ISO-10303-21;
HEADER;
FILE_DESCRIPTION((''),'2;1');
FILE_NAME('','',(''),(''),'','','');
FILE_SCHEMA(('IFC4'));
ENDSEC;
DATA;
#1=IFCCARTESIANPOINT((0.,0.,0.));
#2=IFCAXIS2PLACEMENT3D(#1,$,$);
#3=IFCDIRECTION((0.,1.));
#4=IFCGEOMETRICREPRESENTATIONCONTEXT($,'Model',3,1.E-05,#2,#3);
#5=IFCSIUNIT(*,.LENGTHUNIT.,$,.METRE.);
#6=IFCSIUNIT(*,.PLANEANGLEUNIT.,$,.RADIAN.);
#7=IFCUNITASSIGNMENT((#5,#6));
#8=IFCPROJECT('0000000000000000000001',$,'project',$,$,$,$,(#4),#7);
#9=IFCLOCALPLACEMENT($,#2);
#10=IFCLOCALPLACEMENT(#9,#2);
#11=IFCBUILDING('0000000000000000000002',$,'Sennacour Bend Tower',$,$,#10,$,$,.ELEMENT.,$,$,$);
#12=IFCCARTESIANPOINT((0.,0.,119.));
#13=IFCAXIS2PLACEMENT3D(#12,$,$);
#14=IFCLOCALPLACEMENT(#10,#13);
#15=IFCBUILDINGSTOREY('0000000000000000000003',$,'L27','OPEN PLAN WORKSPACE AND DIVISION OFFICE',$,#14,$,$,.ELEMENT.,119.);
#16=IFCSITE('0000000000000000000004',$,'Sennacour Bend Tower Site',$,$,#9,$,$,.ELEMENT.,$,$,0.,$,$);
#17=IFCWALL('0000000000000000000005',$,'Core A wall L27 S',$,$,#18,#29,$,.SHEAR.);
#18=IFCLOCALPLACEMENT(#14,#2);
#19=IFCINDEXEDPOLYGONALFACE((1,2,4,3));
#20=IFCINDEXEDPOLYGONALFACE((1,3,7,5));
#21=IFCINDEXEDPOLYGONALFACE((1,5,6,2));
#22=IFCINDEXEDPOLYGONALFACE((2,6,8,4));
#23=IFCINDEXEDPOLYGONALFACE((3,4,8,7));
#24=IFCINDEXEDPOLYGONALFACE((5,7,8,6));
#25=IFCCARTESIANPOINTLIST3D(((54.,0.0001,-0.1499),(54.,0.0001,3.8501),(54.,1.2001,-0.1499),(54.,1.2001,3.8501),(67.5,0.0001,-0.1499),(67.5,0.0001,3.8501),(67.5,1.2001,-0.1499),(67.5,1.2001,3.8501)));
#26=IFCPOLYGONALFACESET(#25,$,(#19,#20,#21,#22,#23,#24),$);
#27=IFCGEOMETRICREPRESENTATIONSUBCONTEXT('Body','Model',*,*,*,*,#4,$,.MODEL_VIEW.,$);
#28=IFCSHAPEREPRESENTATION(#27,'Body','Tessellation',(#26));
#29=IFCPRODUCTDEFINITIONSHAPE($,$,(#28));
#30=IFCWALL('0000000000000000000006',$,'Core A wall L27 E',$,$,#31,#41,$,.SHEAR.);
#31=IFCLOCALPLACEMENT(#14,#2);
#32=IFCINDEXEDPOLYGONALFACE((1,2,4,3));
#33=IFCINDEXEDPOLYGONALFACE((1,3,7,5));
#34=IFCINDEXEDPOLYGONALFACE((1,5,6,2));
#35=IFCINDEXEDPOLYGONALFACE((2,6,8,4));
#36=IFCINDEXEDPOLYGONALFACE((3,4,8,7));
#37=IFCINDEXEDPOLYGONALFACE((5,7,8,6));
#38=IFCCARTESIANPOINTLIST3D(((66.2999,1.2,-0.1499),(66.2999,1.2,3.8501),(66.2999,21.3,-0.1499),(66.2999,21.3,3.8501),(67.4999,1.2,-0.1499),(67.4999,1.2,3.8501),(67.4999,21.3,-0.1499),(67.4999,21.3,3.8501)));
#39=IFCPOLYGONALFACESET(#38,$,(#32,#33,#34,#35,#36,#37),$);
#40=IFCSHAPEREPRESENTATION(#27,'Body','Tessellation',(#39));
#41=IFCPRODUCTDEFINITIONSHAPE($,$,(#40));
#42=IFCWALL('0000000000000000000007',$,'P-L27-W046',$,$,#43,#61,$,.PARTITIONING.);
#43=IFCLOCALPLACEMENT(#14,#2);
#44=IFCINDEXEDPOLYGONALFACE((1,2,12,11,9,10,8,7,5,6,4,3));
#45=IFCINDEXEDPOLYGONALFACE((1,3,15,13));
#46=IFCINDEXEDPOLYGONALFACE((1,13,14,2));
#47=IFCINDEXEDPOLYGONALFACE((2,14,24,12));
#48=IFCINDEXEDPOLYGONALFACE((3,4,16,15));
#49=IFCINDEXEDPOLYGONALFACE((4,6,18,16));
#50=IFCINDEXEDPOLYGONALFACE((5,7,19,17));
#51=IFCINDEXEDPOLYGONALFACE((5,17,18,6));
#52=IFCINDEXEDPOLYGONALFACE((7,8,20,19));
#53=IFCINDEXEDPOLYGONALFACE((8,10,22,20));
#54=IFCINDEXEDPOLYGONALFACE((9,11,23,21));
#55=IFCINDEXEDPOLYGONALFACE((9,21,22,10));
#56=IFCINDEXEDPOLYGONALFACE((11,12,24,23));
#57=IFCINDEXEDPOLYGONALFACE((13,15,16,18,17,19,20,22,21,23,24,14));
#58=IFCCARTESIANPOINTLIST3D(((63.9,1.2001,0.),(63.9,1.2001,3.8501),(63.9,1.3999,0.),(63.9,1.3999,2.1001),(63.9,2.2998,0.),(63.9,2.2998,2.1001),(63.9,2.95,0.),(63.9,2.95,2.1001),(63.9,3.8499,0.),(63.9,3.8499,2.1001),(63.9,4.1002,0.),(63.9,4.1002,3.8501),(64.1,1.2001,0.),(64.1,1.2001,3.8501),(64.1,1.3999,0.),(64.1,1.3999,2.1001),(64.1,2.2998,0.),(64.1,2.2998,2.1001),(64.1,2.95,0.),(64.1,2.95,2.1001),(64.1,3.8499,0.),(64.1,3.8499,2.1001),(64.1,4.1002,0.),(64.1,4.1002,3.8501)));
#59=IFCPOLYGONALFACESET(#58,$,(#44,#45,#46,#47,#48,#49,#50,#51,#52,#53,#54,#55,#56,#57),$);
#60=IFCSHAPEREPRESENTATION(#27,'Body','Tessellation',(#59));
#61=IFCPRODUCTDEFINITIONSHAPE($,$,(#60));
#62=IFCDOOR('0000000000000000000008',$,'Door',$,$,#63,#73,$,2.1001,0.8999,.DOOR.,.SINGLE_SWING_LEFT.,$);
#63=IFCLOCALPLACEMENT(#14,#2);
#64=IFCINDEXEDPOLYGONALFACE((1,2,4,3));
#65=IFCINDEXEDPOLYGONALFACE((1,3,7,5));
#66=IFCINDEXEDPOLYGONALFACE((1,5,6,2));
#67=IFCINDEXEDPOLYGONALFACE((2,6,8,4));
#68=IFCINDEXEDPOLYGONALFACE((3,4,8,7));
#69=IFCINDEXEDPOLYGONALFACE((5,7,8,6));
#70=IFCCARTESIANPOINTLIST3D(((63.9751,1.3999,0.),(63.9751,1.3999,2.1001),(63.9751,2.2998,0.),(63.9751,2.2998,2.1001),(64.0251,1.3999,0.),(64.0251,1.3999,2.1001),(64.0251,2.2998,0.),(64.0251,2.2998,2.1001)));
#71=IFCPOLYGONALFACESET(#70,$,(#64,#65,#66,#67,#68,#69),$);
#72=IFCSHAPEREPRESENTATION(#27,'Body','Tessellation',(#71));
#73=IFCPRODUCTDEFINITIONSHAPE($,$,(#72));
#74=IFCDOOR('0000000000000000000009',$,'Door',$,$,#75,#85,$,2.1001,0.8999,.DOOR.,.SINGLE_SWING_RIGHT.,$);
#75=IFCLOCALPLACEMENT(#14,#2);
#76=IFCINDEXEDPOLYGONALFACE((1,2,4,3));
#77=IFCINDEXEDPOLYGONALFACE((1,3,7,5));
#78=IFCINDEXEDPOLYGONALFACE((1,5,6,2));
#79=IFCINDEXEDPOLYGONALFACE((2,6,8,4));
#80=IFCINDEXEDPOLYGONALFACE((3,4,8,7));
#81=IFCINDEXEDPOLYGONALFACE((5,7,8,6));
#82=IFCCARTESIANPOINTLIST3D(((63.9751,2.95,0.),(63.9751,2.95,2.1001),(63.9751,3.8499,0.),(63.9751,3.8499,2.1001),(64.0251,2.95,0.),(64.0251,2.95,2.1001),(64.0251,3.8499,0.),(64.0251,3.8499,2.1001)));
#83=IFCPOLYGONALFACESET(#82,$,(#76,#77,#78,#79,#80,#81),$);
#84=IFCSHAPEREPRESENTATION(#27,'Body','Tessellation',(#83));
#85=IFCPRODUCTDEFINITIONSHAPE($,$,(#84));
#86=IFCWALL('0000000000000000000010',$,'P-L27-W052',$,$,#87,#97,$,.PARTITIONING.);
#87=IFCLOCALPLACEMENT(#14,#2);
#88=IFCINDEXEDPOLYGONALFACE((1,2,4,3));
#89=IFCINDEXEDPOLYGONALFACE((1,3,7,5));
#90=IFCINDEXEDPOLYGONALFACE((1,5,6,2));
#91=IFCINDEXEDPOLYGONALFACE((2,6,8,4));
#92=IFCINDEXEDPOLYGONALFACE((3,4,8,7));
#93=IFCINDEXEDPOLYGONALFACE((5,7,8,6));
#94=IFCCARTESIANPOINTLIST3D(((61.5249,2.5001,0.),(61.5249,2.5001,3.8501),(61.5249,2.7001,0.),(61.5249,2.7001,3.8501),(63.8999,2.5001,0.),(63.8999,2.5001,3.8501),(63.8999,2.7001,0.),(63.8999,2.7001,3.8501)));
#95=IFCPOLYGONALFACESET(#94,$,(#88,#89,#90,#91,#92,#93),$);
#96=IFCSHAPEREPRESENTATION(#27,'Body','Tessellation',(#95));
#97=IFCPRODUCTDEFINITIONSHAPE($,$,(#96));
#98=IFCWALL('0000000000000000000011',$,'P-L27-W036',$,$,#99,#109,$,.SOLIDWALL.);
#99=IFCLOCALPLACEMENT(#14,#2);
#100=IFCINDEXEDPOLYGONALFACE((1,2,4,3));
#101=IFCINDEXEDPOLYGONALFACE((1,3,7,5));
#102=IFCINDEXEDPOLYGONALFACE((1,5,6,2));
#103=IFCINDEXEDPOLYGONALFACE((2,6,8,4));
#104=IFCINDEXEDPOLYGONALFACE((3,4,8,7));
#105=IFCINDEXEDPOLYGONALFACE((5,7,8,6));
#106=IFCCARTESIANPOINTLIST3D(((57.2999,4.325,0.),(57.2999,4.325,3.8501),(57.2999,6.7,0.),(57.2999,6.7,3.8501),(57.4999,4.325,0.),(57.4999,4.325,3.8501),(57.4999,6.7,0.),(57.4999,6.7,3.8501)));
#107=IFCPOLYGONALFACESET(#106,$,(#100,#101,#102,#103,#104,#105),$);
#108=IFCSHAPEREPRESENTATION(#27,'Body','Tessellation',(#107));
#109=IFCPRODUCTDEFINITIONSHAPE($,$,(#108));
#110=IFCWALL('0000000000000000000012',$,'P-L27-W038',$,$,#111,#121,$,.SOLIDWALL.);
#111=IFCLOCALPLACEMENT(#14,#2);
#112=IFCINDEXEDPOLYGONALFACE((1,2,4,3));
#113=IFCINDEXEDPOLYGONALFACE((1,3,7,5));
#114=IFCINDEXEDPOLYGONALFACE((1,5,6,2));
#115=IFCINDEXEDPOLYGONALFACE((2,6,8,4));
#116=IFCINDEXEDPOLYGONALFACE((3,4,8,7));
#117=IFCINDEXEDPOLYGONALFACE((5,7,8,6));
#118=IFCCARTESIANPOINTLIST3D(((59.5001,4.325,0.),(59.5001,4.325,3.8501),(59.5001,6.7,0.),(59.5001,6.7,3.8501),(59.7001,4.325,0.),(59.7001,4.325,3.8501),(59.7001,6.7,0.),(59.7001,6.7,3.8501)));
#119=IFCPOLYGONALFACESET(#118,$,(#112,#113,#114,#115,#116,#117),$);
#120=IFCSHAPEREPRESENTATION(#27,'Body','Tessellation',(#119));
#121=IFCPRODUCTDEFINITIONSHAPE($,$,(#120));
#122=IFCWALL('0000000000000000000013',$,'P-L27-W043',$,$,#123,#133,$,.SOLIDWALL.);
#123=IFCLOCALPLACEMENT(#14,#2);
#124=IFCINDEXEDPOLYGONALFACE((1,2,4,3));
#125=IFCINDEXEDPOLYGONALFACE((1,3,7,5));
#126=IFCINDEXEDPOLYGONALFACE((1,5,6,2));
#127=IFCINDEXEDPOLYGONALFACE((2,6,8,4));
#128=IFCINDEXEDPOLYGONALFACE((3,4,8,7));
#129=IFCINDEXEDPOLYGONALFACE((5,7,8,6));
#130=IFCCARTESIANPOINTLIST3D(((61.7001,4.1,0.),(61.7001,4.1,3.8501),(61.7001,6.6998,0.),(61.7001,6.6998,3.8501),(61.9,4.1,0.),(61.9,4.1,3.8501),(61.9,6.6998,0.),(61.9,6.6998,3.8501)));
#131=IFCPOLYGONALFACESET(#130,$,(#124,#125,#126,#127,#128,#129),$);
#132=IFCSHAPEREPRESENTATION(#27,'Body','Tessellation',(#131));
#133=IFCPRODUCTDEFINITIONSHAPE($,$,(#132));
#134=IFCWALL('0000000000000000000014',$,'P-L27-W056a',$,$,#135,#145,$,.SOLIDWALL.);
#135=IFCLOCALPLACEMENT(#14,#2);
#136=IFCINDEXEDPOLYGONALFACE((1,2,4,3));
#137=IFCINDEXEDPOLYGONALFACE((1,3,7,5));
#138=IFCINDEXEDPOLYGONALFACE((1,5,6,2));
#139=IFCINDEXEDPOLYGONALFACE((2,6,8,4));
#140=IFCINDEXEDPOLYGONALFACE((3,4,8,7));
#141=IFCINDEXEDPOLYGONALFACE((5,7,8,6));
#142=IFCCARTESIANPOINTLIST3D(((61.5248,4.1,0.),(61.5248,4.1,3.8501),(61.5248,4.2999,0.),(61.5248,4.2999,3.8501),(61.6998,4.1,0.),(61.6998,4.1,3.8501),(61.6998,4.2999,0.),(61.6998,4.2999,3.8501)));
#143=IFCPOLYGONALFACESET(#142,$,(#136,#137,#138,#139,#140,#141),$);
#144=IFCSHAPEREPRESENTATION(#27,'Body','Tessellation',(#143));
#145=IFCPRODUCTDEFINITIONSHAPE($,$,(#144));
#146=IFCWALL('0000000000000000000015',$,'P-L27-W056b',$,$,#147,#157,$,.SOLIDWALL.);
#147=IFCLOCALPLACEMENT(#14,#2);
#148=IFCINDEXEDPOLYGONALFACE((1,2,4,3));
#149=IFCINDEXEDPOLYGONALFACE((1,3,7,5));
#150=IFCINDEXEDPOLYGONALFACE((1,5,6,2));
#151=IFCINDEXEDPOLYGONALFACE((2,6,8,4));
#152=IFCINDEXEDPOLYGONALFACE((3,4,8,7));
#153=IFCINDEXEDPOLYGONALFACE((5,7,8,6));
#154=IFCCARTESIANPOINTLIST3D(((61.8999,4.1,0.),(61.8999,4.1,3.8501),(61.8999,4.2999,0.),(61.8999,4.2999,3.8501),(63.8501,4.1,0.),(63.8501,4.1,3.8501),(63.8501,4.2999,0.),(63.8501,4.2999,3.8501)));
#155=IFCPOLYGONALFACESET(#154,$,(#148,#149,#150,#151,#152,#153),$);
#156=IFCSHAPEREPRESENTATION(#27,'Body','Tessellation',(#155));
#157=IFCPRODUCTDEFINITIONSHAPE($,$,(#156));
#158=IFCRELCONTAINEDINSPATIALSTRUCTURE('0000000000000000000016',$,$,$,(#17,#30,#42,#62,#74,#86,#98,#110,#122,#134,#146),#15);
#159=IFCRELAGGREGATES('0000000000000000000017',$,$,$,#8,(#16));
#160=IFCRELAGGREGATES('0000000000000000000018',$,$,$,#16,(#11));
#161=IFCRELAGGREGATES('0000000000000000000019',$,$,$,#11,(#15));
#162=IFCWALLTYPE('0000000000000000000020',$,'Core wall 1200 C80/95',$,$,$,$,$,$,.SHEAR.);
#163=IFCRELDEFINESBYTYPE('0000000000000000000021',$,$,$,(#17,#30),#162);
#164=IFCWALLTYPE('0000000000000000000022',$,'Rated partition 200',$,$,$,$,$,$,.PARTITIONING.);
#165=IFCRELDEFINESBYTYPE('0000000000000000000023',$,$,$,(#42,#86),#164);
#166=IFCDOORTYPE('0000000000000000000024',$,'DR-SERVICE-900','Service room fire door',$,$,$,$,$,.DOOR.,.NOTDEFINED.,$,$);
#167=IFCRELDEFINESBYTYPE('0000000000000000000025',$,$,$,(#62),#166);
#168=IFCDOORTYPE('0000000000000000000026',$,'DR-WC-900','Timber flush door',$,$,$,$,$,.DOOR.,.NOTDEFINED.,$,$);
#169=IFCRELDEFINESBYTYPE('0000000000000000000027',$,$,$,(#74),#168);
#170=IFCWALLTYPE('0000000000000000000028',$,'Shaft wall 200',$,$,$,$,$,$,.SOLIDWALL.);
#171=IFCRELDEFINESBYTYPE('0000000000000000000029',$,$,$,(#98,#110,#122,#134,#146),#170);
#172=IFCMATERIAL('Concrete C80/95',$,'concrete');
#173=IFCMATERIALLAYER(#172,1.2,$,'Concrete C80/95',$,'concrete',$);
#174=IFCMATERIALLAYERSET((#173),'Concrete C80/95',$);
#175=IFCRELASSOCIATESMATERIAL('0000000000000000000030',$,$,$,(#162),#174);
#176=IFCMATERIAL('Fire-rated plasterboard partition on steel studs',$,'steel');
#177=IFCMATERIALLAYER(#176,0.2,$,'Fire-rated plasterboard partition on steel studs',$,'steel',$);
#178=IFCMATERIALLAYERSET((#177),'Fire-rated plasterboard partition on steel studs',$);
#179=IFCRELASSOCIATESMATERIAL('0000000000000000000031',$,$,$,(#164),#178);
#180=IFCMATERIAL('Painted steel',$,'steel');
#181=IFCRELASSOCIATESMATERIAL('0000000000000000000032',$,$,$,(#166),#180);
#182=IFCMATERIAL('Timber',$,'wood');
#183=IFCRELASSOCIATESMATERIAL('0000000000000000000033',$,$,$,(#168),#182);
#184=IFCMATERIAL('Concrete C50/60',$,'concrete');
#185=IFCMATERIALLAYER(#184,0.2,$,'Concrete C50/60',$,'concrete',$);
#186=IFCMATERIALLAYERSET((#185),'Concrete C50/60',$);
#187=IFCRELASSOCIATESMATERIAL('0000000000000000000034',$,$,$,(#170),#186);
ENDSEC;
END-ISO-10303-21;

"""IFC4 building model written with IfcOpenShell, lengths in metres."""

from ifc_helpers import new_model, si_unit, direction, frame, frame_2d, origin, place, context, subcontext, project, spatial, rectangle, extrude, material, layer, layer_set, type_object, element, fill, save


model = new_model("IFC4")

# Units and contexts
model_context = context("Model", 3, precision=1e-05, world=origin(), true_north=direction((0.0, 1.0)))
body_context = subcontext(model_context, "Body", "Model", "MODEL_VIEW")
ifc_project = project(units=[si_unit("LENGTHUNIT", "METRE"), si_unit("PLANEANGLEUNIT", "RADIAN")], contexts=[model_context])

# Site, building, storey
site_placement = place(None, origin())
site = spatial("IfcSite", under=ifc_project, at=site_placement, Name="Sennacour Bend Tower Site", CompositionType="ELEMENT", RefElevation=0.0)
building_placement = place(site_placement, origin())
building = spatial("IfcBuilding", under=site, at=building_placement, Name="Sennacour Bend Tower", CompositionType="ELEMENT")
storey_placement = place(building_placement, frame((0.0, 0.0, 119.0)))
storey = spatial("IfcBuildingStorey", under=building, at=storey_placement, Name="L27", Description="OPEN PLAN WORKSPACE AND DIVISION OFFICE", CompositionType="ELEMENT", Elevation=119.0)

# Walls
ifc_material_1 = material(Name="Concrete C80/95", Category="concrete")
ifc_layer_1 = layer(ifc_material_1, 1.2, Name="Concrete C80/95", Category="concrete")
ifc_layer_set_1 = layer_set([ifc_layer_1], Name="Concrete C80/95")
wall_type_1 = type_object("IfcWallType", Name="Core wall 1200 C80/95", PredefinedType="SHEAR", material=ifc_layer_set_1)
wall_1_placement = place(storey_placement, frame((67.5, 0.6001, -0.1499), z_axis=(0.0, 0.0, 1.0), x_axis=(-1.0, 0.0, 0.0)))
element("IfcWall", 1, at=wall_1_placement, inside=storey, type_object=wall_type_1, Name="Core A wall L27 S", PredefinedType="SHEAR", context=body_context, shape_type="SweptSolid", body=[
    extrude(rectangle(XDim=13.5, YDim=1.2, at=frame_2d((6.75, 0.0))), origin(), (0.0, 0.0, 1.0), 4.0),
])
wall_2_placement = place(storey_placement, frame((66.8999, 1.2, -0.1499), z_axis=(0.0, 0.0, 1.0), x_axis=(0.0, 1.0, 0.0)))
element("IfcWall", 2, at=wall_2_placement, inside=storey, type_object=wall_type_1, Name="Core A wall L27 E", PredefinedType="SHEAR", context=body_context, shape_type="SweptSolid", body=[
    extrude(rectangle(XDim=20.1001, YDim=1.2, at=frame_2d((10.05, 0.0))), origin(), (0.0, 0.0, 1.0), 4.0),
])

# Wall, openings, doors
ifc_material_2 = material(Name="Fire-rated plasterboard partition on steel studs", Category="steel")
ifc_layer_2 = layer(ifc_material_2, 0.2, Name="Fire-rated plasterboard partition on steel studs", Category="steel")
ifc_layer_set_2 = layer_set([ifc_layer_2], Name="Fire-rated plasterboard partition on steel studs")
wall_type_2 = type_object("IfcWallType", Name="Rated partition 200", PredefinedType="PARTITIONING", material=ifc_layer_set_2)
wall_3_placement = place(storey_placement, frame((64.0, 1.2, 0.0), z_axis=(0.0, 0.0, 1.0), x_axis=(0.0, 1.0, 0.0)))
wall_3 = element("IfcWall", 3, at=wall_3_placement, inside=storey, type_object=wall_type_2, Name="P-L27-W046", PredefinedType="PARTITIONING", context=body_context, shape_type="SweptSolid", body=[
    extrude(rectangle(XDim=2.9001, YDim=0.2, at=frame_2d((1.4502, 0.0))), origin(), (0.0, 0.0, 1.0), 3.8501),
])
opening_1_placement = place(wall_3_placement, frame((0.2, 0.0, 0.0)))
opening_1 = element("IfcOpeningElement", 4, at=opening_1_placement, cuts=wall_3, PredefinedType="OPENING", context=body_context, shape_type="SweptSolid", body=[
    extrude(rectangle(XDim=0.8999, YDim=2.1001, at=frame_2d((0.45, 1.05))), frame((0.0, 0.1099, 0.0), z_axis=(0.0, -1.0, 0.0), x_axis=(1.0, 0.0, 0.0)), (0.0, 0.0, 1.0), 0.22),
])
opening_2_placement = place(wall_3_placement, frame((1.75, 0.0, 0.0)))
opening_2 = element("IfcOpeningElement", 5, at=opening_2_placement, cuts=wall_3, PredefinedType="OPENING", context=body_context, shape_type="SweptSolid", body=[
    extrude(rectangle(XDim=0.8999, YDim=2.1001, at=frame_2d((0.45, 1.05))), frame((0.0, 0.1099, 0.0), z_axis=(0.0, -1.0, 0.0), x_axis=(1.0, 0.0, 0.0)), (0.0, 0.0, 1.0), 0.22),
])
ifc_material_3 = material(Name="Painted steel", Category="steel")
door_type_1 = type_object("IfcDoorType", Name="DR-SERVICE-900", Description="Service room fire door", OperationType="NOTDEFINED", PredefinedType="DOOR", material=ifc_material_3)
door_1_placement = place(opening_1_placement, origin())
door_1 = element("IfcDoor", 6, at=door_1_placement, inside=storey, type_object=door_type_1, Name="Door", OperationType="SINGLE_SWING_LEFT", OverallHeight=2.1001, OverallWidth=0.8999, PredefinedType="DOOR", context=body_context, shape_type="SweptSolid", body=[
    extrude(rectangle(XDim=0.8999, YDim=2.1001, at=frame_2d((0.45, 1.05))), frame((0.0, 0.0249, 0.0), z_axis=(0.0, -1.0, 0.0), x_axis=(1.0, 0.0, 0.0)), (0.0, 0.0, 1.0), 0.05),
])
fill(opening_1, door_1)
ifc_material_4 = material(Name="Timber", Category="wood")
door_type_2 = type_object("IfcDoorType", Name="DR-WC-900", Description="Timber flush door", OperationType="NOTDEFINED", PredefinedType="DOOR", material=ifc_material_4)
door_2_placement = place(opening_2_placement, origin())
door_2 = element("IfcDoor", 7, at=door_2_placement, inside=storey, type_object=door_type_2, Name="Door", OperationType="SINGLE_SWING_RIGHT", OverallHeight=2.1001, OverallWidth=0.8999, PredefinedType="DOOR", context=body_context, shape_type="SweptSolid", body=[
    extrude(rectangle(XDim=0.8999, YDim=2.1001, at=frame_2d((0.45, 1.05))), frame((0.0, 0.0249, 0.0), z_axis=(0.0, -1.0, 0.0), x_axis=(1.0, 0.0, 0.0)), (0.0, 0.0, 1.0), 0.05),
])
fill(opening_2, door_2)

# Walls
wall_4_placement = place(storey_placement, frame((61.5249, 2.6001, 0.0), z_axis=(0.0, 0.0, 1.0), x_axis=(1.0, 0.0, 0.0)))
element("IfcWall", 8, at=wall_4_placement, inside=storey, type_object=wall_type_2, Name="P-L27-W052", PredefinedType="PARTITIONING", context=body_context, shape_type="SweptSolid", body=[
    extrude(rectangle(XDim=2.375, YDim=0.2, at=frame_2d((1.1875, 0.0))), origin(), (0.0, 0.0, 1.0), 3.8501),
])
ifc_material_5 = material(Name="Concrete C50/60", Category="concrete")
ifc_layer_3 = layer(ifc_material_5, 0.2, Name="Concrete C50/60", Category="concrete")
ifc_layer_set_3 = layer_set([ifc_layer_3], Name="Concrete C50/60")
wall_type_3 = type_object("IfcWallType", Name="Shaft wall 200", PredefinedType="SOLIDWALL", material=ifc_layer_set_3)
for number, where, z_axis, x_axis, name in (
    (9, (57.3999, 4.325, 0.0), (0.0, 0.0, 1.0), (0.0, 1.0, 0.0), "P-L27-W036"),
    (10, (59.6001, 4.325, 0.0), (0.0, 0.0, 1.0), (0.0, 1.0, 0.0), "P-L27-W038"),
):
    element("IfcWall", number, at=place(storey_placement, frame(where, z_axis=z_axis, x_axis=x_axis)), inside=storey, type_object=wall_type_3, Name=name, PredefinedType="SOLIDWALL", context=body_context, shape_type="SweptSolid", body=[
        extrude(rectangle(XDim=2.375, YDim=0.2, at=frame_2d((1.1875, 0.0))), origin(), (0.0, 0.0, 1.0), 3.8501),
    ])
wall_5_placement = place(storey_placement, frame((61.8, 4.1001, 0.0), z_axis=(0.0, 0.0, 1.0), x_axis=(0.0, 1.0, 0.0)))
element("IfcWall", 11, at=wall_5_placement, inside=storey, type_object=wall_type_3, Name="P-L27-W043", PredefinedType="SOLIDWALL", context=body_context, shape_type="SweptSolid", body=[
    extrude(rectangle(XDim=2.5999, YDim=0.2, at=frame_2d((1.2998, 0.0))), origin(), (0.0, 0.0, 1.0), 3.8501),
])
wall_6_placement = place(storey_placement, frame((61.5249, 4.2, 0.0), z_axis=(0.0, 0.0, 1.0), x_axis=(1.0, 0.0, 0.0)))
element("IfcWall", 12, at=wall_6_placement, inside=storey, type_object=wall_type_3, Name="P-L27-W056a", PredefinedType="SOLIDWALL", context=body_context, shape_type="SweptSolid", body=[
    extrude(rectangle(XDim=0.175, YDim=0.2, at=frame_2d((0.0874, 0.0))), origin(), (0.0, 0.0, 1.0), 3.8501),
])
wall_7_placement = place(storey_placement, frame((61.8999, 4.2, 0.0), z_axis=(0.0, 0.0, 1.0), x_axis=(1.0, 0.0, 0.0)))
element("IfcWall", 13, at=wall_7_placement, inside=storey, type_object=wall_type_3, Name="P-L27-W056b", PredefinedType="SOLIDWALL", context=body_context, shape_type="SweptSolid", body=[
    extrude(rectangle(XDim=1.9502, YDim=0.2, at=frame_2d((0.9751, 0.0))), origin(), (0.0, 0.0, 1.0), 3.8501),
])

save(model, "model.ifc")
